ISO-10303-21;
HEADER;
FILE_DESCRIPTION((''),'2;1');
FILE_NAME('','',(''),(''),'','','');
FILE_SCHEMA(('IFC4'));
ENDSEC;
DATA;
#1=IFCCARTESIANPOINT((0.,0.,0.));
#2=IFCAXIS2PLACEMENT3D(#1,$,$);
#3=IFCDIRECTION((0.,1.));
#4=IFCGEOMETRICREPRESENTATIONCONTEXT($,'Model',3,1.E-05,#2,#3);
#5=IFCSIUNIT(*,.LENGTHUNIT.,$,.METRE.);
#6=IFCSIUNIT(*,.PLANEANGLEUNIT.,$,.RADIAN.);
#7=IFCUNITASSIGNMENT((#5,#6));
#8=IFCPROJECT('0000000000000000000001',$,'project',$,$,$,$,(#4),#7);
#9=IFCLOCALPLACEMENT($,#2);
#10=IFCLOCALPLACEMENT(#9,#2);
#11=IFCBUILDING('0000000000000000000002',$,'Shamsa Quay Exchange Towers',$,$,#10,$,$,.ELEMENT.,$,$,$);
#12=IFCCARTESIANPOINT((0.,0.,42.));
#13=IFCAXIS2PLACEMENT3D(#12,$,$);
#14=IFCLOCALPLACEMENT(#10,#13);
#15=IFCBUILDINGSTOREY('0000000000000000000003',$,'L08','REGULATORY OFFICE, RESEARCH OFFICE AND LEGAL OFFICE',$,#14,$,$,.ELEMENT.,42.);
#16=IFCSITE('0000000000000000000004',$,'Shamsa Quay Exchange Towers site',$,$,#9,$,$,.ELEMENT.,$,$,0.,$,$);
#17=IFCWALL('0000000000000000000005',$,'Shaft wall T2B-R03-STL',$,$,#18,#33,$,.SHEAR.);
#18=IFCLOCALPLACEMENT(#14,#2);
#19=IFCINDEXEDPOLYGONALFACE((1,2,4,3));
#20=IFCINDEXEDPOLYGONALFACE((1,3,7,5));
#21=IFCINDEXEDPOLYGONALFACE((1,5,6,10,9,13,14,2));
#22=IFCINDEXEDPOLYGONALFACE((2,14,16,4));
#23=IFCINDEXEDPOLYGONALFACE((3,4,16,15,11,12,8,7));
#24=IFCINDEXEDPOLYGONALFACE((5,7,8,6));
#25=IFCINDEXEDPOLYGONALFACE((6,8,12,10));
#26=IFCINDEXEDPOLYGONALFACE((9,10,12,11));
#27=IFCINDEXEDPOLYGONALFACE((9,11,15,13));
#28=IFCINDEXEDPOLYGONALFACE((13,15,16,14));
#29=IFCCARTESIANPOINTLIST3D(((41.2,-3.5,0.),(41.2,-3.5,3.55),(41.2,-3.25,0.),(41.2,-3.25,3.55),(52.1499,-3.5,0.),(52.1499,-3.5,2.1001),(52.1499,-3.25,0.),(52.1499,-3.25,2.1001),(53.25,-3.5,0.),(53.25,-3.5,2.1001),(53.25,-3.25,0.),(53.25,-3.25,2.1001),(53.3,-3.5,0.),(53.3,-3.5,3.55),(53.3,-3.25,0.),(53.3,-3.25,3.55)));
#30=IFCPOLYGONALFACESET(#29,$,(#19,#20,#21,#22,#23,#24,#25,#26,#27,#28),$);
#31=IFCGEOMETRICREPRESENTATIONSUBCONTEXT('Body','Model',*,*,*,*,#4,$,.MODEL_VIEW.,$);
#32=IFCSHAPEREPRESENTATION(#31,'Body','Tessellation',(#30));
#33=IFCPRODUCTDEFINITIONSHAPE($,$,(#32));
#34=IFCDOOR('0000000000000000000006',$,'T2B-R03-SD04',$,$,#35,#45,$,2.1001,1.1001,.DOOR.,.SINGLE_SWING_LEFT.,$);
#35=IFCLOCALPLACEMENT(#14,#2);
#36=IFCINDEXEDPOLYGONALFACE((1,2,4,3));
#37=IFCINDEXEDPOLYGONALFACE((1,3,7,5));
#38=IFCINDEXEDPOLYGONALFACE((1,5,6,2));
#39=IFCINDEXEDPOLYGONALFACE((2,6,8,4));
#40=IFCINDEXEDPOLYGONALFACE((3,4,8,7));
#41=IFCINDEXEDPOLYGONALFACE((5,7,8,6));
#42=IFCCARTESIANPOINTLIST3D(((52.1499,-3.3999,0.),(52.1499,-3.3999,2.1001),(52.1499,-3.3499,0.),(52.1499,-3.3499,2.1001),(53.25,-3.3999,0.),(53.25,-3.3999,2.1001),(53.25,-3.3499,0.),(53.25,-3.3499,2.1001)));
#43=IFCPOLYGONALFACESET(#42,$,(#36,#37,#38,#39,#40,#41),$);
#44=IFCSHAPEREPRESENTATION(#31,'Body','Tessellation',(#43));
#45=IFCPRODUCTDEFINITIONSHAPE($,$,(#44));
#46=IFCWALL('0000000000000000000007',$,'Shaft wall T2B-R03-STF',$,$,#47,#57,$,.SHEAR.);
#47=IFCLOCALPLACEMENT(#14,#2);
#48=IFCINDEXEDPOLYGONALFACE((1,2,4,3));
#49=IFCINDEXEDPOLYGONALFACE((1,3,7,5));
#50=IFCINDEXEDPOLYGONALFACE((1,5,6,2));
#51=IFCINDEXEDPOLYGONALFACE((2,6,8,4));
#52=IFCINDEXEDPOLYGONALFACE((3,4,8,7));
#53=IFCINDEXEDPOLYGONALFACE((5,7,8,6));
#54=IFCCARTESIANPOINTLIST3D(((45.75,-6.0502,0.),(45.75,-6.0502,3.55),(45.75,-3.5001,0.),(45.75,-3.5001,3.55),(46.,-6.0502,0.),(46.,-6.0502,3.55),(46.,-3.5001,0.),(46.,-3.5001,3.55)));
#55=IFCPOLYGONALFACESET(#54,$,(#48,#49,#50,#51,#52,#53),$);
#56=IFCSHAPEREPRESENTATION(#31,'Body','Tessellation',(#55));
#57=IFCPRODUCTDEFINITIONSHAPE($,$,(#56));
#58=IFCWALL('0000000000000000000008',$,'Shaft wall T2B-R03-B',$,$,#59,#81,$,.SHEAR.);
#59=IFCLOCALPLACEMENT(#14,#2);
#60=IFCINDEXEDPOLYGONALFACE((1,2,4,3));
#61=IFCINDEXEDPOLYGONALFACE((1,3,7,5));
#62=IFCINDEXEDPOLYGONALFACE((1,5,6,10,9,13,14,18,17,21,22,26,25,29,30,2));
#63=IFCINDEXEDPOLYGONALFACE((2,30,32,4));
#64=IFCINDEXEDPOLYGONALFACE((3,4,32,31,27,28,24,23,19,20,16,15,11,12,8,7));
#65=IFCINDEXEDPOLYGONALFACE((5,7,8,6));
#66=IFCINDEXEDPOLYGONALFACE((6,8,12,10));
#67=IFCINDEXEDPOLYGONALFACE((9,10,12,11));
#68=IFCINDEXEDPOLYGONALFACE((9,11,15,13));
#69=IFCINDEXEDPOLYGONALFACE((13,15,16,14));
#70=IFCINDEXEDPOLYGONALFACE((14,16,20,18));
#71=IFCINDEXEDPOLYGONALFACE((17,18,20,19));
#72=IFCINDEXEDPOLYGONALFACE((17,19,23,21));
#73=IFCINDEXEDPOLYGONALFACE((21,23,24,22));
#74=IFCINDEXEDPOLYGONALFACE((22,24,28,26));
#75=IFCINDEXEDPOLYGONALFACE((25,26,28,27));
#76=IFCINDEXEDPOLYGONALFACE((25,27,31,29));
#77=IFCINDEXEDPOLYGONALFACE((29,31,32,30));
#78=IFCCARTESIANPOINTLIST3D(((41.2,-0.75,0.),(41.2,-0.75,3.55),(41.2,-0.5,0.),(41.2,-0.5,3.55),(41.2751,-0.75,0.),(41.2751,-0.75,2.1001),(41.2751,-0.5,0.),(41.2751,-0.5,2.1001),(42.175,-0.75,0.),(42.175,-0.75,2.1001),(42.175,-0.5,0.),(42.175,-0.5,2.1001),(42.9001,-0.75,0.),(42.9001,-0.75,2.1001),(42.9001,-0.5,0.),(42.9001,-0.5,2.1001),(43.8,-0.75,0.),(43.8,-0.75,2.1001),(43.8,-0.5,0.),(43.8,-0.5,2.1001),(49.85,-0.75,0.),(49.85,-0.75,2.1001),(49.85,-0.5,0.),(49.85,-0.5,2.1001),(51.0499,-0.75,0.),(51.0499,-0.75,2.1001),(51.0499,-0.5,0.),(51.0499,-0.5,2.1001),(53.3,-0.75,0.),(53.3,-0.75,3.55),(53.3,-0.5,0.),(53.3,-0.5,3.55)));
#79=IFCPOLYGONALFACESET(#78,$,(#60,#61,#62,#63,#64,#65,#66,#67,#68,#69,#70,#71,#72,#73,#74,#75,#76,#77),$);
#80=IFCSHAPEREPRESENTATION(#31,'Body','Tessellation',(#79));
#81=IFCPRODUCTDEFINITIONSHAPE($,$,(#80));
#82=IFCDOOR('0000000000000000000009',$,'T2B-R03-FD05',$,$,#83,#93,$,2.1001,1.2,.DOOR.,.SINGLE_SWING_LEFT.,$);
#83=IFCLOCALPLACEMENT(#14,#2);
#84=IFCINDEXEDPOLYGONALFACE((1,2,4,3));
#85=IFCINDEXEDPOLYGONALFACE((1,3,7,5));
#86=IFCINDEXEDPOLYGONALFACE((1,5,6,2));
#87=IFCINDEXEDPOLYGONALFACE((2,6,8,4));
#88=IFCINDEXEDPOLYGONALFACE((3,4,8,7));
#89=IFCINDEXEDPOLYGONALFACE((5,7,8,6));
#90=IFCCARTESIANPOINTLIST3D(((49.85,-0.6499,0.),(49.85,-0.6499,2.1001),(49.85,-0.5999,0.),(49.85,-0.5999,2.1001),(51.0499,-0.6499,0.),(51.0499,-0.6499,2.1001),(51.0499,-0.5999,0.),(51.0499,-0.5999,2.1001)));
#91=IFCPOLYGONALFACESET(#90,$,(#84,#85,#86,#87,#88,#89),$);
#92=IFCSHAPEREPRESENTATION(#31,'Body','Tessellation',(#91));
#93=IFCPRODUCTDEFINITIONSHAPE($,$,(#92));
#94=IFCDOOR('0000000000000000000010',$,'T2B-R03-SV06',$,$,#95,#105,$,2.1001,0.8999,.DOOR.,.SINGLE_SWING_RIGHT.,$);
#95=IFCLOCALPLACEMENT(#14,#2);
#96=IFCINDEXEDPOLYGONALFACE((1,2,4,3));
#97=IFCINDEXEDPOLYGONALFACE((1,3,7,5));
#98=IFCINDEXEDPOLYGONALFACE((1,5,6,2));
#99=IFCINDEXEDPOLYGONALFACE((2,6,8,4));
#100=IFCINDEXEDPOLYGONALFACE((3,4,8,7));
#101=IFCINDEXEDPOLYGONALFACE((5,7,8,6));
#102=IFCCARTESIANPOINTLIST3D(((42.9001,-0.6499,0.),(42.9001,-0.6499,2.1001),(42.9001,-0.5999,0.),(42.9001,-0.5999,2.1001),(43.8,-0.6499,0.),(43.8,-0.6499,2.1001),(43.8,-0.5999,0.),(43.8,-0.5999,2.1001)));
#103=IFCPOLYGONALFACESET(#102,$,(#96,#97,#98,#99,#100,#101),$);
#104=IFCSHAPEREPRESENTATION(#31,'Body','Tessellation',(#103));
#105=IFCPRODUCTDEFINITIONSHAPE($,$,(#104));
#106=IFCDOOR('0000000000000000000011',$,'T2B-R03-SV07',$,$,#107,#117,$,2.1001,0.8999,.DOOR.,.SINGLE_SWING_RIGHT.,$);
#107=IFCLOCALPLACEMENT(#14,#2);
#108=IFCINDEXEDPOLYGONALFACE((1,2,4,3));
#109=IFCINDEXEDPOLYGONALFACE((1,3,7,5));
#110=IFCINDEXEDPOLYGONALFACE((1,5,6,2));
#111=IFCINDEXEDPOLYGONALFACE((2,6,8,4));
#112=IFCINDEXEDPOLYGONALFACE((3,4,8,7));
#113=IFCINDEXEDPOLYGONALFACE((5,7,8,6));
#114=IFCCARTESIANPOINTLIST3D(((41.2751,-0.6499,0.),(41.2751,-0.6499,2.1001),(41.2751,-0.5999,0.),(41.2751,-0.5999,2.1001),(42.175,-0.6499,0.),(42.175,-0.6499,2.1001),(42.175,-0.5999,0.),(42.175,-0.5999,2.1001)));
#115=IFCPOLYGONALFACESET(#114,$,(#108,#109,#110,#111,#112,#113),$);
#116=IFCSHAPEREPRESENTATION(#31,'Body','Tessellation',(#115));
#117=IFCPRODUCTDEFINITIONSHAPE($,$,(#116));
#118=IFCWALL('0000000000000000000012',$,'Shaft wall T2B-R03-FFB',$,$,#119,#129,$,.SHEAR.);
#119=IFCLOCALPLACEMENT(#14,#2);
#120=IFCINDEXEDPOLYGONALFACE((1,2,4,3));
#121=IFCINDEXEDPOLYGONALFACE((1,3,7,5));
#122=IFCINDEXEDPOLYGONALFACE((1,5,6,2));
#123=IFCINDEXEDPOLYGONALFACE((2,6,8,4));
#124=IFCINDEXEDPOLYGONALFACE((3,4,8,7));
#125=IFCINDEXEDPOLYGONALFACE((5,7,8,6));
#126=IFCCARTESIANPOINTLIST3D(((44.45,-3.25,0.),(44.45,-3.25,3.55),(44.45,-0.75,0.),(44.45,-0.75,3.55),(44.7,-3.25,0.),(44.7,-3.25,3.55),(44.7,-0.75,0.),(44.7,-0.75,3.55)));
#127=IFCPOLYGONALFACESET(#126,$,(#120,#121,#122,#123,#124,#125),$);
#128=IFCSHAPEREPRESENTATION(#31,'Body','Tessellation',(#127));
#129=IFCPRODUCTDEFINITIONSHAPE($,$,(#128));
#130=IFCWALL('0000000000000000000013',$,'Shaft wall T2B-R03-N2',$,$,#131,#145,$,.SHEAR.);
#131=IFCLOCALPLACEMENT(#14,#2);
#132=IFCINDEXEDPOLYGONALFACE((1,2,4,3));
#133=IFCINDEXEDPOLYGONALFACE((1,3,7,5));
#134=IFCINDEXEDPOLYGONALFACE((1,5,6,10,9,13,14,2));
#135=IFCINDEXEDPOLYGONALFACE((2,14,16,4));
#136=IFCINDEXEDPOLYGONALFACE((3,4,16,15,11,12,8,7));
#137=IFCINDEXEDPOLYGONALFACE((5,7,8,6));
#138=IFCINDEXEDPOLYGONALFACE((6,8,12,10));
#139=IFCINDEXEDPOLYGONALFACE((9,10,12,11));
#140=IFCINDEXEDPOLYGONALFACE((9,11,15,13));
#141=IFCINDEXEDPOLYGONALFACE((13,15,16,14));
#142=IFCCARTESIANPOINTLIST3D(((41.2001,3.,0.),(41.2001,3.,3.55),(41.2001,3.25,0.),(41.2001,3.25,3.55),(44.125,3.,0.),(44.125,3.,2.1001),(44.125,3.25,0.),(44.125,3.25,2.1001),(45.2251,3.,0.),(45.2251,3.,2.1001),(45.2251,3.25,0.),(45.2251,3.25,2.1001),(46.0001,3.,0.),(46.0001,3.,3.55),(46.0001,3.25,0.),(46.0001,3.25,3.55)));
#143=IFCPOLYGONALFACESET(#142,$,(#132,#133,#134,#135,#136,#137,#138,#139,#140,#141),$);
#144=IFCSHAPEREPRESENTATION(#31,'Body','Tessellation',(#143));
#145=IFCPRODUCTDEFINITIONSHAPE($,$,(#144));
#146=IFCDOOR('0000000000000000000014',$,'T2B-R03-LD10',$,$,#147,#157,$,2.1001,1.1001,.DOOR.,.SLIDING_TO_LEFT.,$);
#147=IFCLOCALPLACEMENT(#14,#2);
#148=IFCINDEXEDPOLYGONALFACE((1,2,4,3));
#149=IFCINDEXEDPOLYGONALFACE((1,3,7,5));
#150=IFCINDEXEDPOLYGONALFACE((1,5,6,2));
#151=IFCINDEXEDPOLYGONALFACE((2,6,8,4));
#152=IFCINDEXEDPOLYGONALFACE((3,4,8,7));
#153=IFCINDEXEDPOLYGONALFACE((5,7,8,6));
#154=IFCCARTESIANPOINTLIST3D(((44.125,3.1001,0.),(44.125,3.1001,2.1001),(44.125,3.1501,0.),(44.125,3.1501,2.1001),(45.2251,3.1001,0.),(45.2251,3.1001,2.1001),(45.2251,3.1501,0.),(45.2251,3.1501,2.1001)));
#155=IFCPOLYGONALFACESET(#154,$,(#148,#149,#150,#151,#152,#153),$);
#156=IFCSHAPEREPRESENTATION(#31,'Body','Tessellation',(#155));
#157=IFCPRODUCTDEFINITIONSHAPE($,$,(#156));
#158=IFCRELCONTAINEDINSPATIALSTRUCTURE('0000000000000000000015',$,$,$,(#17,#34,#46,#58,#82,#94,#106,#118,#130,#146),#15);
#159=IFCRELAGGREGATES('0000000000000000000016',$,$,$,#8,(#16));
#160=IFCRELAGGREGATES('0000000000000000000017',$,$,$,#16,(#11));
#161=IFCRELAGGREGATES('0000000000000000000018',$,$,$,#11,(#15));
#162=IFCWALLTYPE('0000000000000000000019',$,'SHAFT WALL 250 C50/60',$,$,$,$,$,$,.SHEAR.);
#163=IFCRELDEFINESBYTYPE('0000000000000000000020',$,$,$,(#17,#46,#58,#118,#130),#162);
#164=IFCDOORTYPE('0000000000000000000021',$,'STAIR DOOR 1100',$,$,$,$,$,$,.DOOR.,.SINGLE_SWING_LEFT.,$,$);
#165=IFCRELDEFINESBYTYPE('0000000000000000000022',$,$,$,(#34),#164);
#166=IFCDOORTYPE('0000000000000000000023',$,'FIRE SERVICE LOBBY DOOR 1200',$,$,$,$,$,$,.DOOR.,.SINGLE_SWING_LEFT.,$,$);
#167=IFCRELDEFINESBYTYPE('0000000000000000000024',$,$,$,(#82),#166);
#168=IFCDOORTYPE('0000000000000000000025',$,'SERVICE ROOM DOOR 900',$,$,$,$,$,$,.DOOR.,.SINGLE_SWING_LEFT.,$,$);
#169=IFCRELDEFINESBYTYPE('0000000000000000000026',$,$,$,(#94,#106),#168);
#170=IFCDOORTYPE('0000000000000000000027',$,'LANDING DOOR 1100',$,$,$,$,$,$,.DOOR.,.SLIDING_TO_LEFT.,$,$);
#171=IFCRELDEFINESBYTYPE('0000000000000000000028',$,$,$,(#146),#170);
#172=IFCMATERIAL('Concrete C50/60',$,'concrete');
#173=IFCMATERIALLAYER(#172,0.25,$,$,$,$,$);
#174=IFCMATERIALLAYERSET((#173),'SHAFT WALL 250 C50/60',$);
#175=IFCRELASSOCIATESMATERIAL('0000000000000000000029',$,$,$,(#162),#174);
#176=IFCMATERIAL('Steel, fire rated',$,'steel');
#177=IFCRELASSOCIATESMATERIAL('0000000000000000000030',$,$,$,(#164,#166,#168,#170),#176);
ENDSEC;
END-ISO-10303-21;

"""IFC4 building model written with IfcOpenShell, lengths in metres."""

from ifc_helpers import new_model, si_unit, direction, frame, frame_2d, origin, place, context, subcontext, project, spatial, rectangle, extrude, material, layer, layer_set, type_object, element, fill, save


model = new_model("IFC4")

# Units and contexts
model_context = context("Model", 3, precision=1e-05, world=origin(), true_north=direction((0.0, 1.0)))
body_context = subcontext(model_context, "Body", "Model", "MODEL_VIEW")
ifc_project = project(units=[si_unit("LENGTHUNIT", "METRE"), si_unit("PLANEANGLEUNIT", "RADIAN")], contexts=[model_context])

# Site, building, storey
site_placement = place(None, origin())
site = spatial("IfcSite", under=ifc_project, at=site_placement, Name="Shamsa Quay Exchange Towers site", CompositionType="ELEMENT", RefElevation=0.0)
building_placement = place(site_placement, origin())
building = spatial("IfcBuilding", under=site, at=building_placement, Name="Shamsa Quay Exchange Towers", CompositionType="ELEMENT")
storey_placement = place(building_placement, frame((0.0, 0.0, 42.0)))
storey = spatial("IfcBuildingStorey", under=building, at=storey_placement, Name="L08", Description="REGULATORY OFFICE, RESEARCH OFFICE AND LEGAL OFFICE", CompositionType="ELEMENT", Elevation=42.0)

# Wall, opening, door
ifc_material_1 = material(Name="Steel, fire rated", Category="steel")
ifc_material_2 = material(Name="Concrete C50/60", Category="concrete")
ifc_layer_1 = layer(ifc_material_2, 0.25)
ifc_layer_set_1 = layer_set([ifc_layer_1], Name="SHAFT WALL 250 C50/60")
wall_type_1 = type_object("IfcWallType", Name="SHAFT WALL 250 C50/60", PredefinedType="SHEAR", material=ifc_layer_set_1)
wall_1_placement = place(storey_placement, frame((53.3, -3.375, 0.0), z_axis=(0.0, 0.0, 1.0), x_axis=(-1.0, 0.0, 0.0)))
wall_1 = element("IfcWall", 1, at=wall_1_placement, inside=storey, type_object=wall_type_1, Name="Shaft wall T2B-R03-STL", PredefinedType="SHEAR", context=body_context, shape_type="SweptSolid", body=[
    extrude(rectangle(XDim=12.1001, YDim=0.25, at=frame_2d((6.05, 0.0))), origin(), (0.0, 0.0, 1.0), 3.55),
])
opening_1_placement = place(wall_1_placement, frame((0.05, 0.0, 0.0)))
opening_1 = element("IfcOpeningElement", 2, at=opening_1_placement, cuts=wall_1, PredefinedType="OPENING", context=body_context, shape_type="SweptSolid", body=[
    extrude(rectangle(XDim=1.1001, YDim=2.1001, at=frame_2d((0.55, 1.05))), frame((0.0, 0.135, 0.0), z_axis=(0.0, -1.0, 0.0), x_axis=(1.0, 0.0, 0.0)), (0.0, 0.0, 1.0), 0.27),
])
door_type_1 = type_object("IfcDoorType", Name="STAIR DOOR 1100", OperationType="SINGLE_SWING_LEFT", PredefinedType="DOOR", material=ifc_material_1)
door_1_placement = place(opening_1_placement, origin())
door_1 = element("IfcDoor", 3, at=door_1_placement, inside=storey, type_object=door_type_1, Name="T2B-R03-SD04", OperationType="SINGLE_SWING_LEFT", OverallHeight=2.1001, OverallWidth=1.1001, PredefinedType="DOOR", context=body_context, shape_type="SweptSolid", body=[
    extrude(rectangle(XDim=1.1001, YDim=2.1001, at=frame_2d((0.55, 1.05))), frame((0.0, 0.0249, 0.0), z_axis=(0.0, -1.0, 0.0), x_axis=(1.0, 0.0, 0.0)), (0.0, 0.0, 1.0), 0.05),
])
fill(opening_1, door_1)

# Wall
wall_2_placement = place(storey_placement, frame((45.875, -6.05, 0.0), z_axis=(0.0, 0.0, 1.0), x_axis=(0.0, 1.0, 0.0)))
element("IfcWall", 4, at=wall_2_placement, inside=storey, type_object=wall_type_1, Name="Shaft wall T2B-R03-STF", PredefinedType="SHEAR", context=body_context, shape_type="SweptSolid", body=[
    extrude(rectangle(XDim=2.55, YDim=0.25, at=frame_2d((1.2749, 0.0))), origin(), (0.0, 0.0, 1.0), 3.55),
])

# Wall, openings, doors
wall_3_placement = place(storey_placement, frame((53.3, -0.625, 0.0), z_axis=(0.0, 0.0, 1.0), x_axis=(-1.0, 0.0, 0.0)))
wall_3 = element("IfcWall", 5, at=wall_3_placement, inside=storey, type_object=wall_type_1, Name="Shaft wall T2B-R03-B", PredefinedType="SHEAR", context=body_context, shape_type="SweptSolid", body=[
    extrude(rectangle(XDim=12.1001, YDim=0.25, at=frame_2d((6.05, 0.0))), origin(), (0.0, 0.0, 1.0), 3.55),
])
opening_2_placement = place(wall_3_placement, frame((2.25, 0.0, 0.0)))
opening_2 = element("IfcOpeningElement", 6, at=opening_2_placement, cuts=wall_3, PredefinedType="OPENING", context=body_context, shape_type="SweptSolid", body=[
    extrude(rectangle(XDim=1.2, YDim=2.1001, at=frame_2d((0.6001, 1.05))), frame((0.0, 0.135, 0.0), z_axis=(0.0, -1.0, 0.0), x_axis=(1.0, 0.0, 0.0)), (0.0, 0.0, 1.0), 0.27),
])
opening_3_placement = place(wall_3_placement, frame((9.5, 0.0, 0.0)))
opening_3 = element("IfcOpeningElement", 7, at=opening_3_placement, cuts=wall_3, PredefinedType="OPENING", context=body_context, shape_type="SweptSolid", body=[
    extrude(rectangle(XDim=0.8999, YDim=2.1001, at=frame_2d((0.45, 1.05))), frame((0.0, 0.135, 0.0), z_axis=(0.0, -1.0, 0.0), x_axis=(1.0, 0.0, 0.0)), (0.0, 0.0, 1.0), 0.27),
])
opening_4_placement = place(wall_3_placement, frame((11.125, 0.0, 0.0)))
opening_4 = element("IfcOpeningElement", 8, at=opening_4_placement, cuts=wall_3, PredefinedType="OPENING", context=body_context, shape_type="SweptSolid", body=[
    extrude(rectangle(XDim=0.8999, YDim=2.1001, at=frame_2d((0.45, 1.05))), frame((0.0, 0.135, 0.0), z_axis=(0.0, -1.0, 0.0), x_axis=(1.0, 0.0, 0.0)), (0.0, 0.0, 1.0), 0.27),
])
door_type_2 = type_object("IfcDoorType", Name="FIRE SERVICE LOBBY DOOR 1200", OperationType="SINGLE_SWING_LEFT", PredefinedType="DOOR", material=ifc_material_1)
door_2_placement = place(opening_2_placement, origin())
door_2 = element("IfcDoor", 9, at=door_2_placement, inside=storey, type_object=door_type_2, Name="T2B-R03-FD05", OperationType="SINGLE_SWING_LEFT", OverallHeight=2.1001, OverallWidth=1.2, PredefinedType="DOOR", context=body_context, shape_type="SweptSolid", body=[
    extrude(rectangle(XDim=1.2, YDim=2.1001, at=frame_2d((0.6001, 1.05))), frame((0.0, 0.0249, 0.0), z_axis=(0.0, -1.0, 0.0), x_axis=(1.0, 0.0, 0.0)), (0.0, 0.0, 1.0), 0.05),
])
fill(opening_2, door_2)
door_type_3 = type_object("IfcDoorType", Name="SERVICE ROOM DOOR 900", OperationType="SINGLE_SWING_LEFT", PredefinedType="DOOR", material=ifc_material_1)
door_3_placement = place(opening_3_placement, origin())
door_3 = element("IfcDoor", 10, at=door_3_placement, inside=storey, type_object=door_type_3, Name="T2B-R03-SV06", OperationType="SINGLE_SWING_RIGHT", OverallHeight=2.1001, OverallWidth=0.8999, PredefinedType="DOOR", context=body_context, shape_type="SweptSolid", body=[
    extrude(rectangle(XDim=0.8999, YDim=2.1001, at=frame_2d((0.45, 1.05))), frame((0.0, 0.0249, 0.0), z_axis=(0.0, -1.0, 0.0), x_axis=(1.0, 0.0, 0.0)), (0.0, 0.0, 1.0), 0.05),
])
fill(opening_3, door_3)
door_4_placement = place(opening_4_placement, origin())
door_4 = element("IfcDoor", 11, at=door_4_placement, inside=storey, type_object=door_type_3, Name="T2B-R03-SV07", OperationType="SINGLE_SWING_RIGHT", OverallHeight=2.1001, OverallWidth=0.8999, PredefinedType="DOOR", context=body_context, shape_type="SweptSolid", body=[
    extrude(rectangle(XDim=0.8999, YDim=2.1001, at=frame_2d((0.45, 1.05))), frame((0.0, 0.0249, 0.0), z_axis=(0.0, -1.0, 0.0), x_axis=(1.0, 0.0, 0.0)), (0.0, 0.0, 1.0), 0.05),
])
fill(opening_4, door_4)

# Wall
wall_4_placement = place(storey_placement, frame((44.575, -3.25, 0.0), z_axis=(0.0, 0.0, 1.0), x_axis=(0.0, 1.0, 0.0)))
element("IfcWall", 12, at=wall_4_placement, inside=storey, type_object=wall_type_1, Name="Shaft wall T2B-R03-FFB", PredefinedType="SHEAR", context=body_context, shape_type="SweptSolid", body=[
    extrude(rectangle(XDim=2.5, YDim=0.25, at=frame_2d((1.25, 0.0))), origin(), (0.0, 0.0, 1.0), 3.55),
])

# Wall, opening, door
wall_5_placement = place(storey_placement, frame((46.0, 3.125, 0.0), z_axis=(0.0, 0.0, 1.0), x_axis=(-1.0, 0.0, 0.0)))
wall_5 = element("IfcWall", 13, at=wall_5_placement, inside=storey, type_object=wall_type_1, Name="Shaft wall T2B-R03-N2", PredefinedType="SHEAR", context=body_context, shape_type="SweptSolid", body=[
    extrude(rectangle(XDim=4.8, YDim=0.25, at=frame_2d((2.3999, 0.0))), origin(), (0.0, 0.0, 1.0), 3.55),
])
opening_5_placement = place(wall_5_placement, frame((0.7749, 0.0, 0.0)))
opening_5 = element("IfcOpeningElement", 14, at=opening_5_placement, cuts=wall_5, PredefinedType="OPENING", context=body_context, shape_type="SweptSolid", body=[
    extrude(rectangle(XDim=1.1001, YDim=2.1001, at=frame_2d((0.55, 1.05))), frame((0.0, 0.135, 0.0), z_axis=(0.0, -1.0, 0.0), x_axis=(1.0, 0.0, 0.0)), (0.0, 0.0, 1.0), 0.27),
])
door_type_4 = type_object("IfcDoorType", Name="LANDING DOOR 1100", OperationType="SLIDING_TO_LEFT", PredefinedType="DOOR", material=ifc_material_1)
door_5_placement = place(opening_5_placement, origin())
door_5 = element("IfcDoor", 15, at=door_5_placement, inside=storey, type_object=door_type_4, Name="T2B-R03-LD10", OperationType="SLIDING_TO_LEFT", OverallHeight=2.1001, OverallWidth=1.1001, PredefinedType="DOOR", context=body_context, shape_type="SweptSolid", body=[
    extrude(rectangle(XDim=1.1001, YDim=2.1001, at=frame_2d((0.55, 1.05))), frame((0.0, 0.0249, 0.0), z_axis=(0.0, -1.0, 0.0), x_axis=(1.0, 0.0, 0.0)), (0.0, 0.0, 1.0), 0.05),
])
fill(opening_5, door_5)

save(model, "model.ifc")
